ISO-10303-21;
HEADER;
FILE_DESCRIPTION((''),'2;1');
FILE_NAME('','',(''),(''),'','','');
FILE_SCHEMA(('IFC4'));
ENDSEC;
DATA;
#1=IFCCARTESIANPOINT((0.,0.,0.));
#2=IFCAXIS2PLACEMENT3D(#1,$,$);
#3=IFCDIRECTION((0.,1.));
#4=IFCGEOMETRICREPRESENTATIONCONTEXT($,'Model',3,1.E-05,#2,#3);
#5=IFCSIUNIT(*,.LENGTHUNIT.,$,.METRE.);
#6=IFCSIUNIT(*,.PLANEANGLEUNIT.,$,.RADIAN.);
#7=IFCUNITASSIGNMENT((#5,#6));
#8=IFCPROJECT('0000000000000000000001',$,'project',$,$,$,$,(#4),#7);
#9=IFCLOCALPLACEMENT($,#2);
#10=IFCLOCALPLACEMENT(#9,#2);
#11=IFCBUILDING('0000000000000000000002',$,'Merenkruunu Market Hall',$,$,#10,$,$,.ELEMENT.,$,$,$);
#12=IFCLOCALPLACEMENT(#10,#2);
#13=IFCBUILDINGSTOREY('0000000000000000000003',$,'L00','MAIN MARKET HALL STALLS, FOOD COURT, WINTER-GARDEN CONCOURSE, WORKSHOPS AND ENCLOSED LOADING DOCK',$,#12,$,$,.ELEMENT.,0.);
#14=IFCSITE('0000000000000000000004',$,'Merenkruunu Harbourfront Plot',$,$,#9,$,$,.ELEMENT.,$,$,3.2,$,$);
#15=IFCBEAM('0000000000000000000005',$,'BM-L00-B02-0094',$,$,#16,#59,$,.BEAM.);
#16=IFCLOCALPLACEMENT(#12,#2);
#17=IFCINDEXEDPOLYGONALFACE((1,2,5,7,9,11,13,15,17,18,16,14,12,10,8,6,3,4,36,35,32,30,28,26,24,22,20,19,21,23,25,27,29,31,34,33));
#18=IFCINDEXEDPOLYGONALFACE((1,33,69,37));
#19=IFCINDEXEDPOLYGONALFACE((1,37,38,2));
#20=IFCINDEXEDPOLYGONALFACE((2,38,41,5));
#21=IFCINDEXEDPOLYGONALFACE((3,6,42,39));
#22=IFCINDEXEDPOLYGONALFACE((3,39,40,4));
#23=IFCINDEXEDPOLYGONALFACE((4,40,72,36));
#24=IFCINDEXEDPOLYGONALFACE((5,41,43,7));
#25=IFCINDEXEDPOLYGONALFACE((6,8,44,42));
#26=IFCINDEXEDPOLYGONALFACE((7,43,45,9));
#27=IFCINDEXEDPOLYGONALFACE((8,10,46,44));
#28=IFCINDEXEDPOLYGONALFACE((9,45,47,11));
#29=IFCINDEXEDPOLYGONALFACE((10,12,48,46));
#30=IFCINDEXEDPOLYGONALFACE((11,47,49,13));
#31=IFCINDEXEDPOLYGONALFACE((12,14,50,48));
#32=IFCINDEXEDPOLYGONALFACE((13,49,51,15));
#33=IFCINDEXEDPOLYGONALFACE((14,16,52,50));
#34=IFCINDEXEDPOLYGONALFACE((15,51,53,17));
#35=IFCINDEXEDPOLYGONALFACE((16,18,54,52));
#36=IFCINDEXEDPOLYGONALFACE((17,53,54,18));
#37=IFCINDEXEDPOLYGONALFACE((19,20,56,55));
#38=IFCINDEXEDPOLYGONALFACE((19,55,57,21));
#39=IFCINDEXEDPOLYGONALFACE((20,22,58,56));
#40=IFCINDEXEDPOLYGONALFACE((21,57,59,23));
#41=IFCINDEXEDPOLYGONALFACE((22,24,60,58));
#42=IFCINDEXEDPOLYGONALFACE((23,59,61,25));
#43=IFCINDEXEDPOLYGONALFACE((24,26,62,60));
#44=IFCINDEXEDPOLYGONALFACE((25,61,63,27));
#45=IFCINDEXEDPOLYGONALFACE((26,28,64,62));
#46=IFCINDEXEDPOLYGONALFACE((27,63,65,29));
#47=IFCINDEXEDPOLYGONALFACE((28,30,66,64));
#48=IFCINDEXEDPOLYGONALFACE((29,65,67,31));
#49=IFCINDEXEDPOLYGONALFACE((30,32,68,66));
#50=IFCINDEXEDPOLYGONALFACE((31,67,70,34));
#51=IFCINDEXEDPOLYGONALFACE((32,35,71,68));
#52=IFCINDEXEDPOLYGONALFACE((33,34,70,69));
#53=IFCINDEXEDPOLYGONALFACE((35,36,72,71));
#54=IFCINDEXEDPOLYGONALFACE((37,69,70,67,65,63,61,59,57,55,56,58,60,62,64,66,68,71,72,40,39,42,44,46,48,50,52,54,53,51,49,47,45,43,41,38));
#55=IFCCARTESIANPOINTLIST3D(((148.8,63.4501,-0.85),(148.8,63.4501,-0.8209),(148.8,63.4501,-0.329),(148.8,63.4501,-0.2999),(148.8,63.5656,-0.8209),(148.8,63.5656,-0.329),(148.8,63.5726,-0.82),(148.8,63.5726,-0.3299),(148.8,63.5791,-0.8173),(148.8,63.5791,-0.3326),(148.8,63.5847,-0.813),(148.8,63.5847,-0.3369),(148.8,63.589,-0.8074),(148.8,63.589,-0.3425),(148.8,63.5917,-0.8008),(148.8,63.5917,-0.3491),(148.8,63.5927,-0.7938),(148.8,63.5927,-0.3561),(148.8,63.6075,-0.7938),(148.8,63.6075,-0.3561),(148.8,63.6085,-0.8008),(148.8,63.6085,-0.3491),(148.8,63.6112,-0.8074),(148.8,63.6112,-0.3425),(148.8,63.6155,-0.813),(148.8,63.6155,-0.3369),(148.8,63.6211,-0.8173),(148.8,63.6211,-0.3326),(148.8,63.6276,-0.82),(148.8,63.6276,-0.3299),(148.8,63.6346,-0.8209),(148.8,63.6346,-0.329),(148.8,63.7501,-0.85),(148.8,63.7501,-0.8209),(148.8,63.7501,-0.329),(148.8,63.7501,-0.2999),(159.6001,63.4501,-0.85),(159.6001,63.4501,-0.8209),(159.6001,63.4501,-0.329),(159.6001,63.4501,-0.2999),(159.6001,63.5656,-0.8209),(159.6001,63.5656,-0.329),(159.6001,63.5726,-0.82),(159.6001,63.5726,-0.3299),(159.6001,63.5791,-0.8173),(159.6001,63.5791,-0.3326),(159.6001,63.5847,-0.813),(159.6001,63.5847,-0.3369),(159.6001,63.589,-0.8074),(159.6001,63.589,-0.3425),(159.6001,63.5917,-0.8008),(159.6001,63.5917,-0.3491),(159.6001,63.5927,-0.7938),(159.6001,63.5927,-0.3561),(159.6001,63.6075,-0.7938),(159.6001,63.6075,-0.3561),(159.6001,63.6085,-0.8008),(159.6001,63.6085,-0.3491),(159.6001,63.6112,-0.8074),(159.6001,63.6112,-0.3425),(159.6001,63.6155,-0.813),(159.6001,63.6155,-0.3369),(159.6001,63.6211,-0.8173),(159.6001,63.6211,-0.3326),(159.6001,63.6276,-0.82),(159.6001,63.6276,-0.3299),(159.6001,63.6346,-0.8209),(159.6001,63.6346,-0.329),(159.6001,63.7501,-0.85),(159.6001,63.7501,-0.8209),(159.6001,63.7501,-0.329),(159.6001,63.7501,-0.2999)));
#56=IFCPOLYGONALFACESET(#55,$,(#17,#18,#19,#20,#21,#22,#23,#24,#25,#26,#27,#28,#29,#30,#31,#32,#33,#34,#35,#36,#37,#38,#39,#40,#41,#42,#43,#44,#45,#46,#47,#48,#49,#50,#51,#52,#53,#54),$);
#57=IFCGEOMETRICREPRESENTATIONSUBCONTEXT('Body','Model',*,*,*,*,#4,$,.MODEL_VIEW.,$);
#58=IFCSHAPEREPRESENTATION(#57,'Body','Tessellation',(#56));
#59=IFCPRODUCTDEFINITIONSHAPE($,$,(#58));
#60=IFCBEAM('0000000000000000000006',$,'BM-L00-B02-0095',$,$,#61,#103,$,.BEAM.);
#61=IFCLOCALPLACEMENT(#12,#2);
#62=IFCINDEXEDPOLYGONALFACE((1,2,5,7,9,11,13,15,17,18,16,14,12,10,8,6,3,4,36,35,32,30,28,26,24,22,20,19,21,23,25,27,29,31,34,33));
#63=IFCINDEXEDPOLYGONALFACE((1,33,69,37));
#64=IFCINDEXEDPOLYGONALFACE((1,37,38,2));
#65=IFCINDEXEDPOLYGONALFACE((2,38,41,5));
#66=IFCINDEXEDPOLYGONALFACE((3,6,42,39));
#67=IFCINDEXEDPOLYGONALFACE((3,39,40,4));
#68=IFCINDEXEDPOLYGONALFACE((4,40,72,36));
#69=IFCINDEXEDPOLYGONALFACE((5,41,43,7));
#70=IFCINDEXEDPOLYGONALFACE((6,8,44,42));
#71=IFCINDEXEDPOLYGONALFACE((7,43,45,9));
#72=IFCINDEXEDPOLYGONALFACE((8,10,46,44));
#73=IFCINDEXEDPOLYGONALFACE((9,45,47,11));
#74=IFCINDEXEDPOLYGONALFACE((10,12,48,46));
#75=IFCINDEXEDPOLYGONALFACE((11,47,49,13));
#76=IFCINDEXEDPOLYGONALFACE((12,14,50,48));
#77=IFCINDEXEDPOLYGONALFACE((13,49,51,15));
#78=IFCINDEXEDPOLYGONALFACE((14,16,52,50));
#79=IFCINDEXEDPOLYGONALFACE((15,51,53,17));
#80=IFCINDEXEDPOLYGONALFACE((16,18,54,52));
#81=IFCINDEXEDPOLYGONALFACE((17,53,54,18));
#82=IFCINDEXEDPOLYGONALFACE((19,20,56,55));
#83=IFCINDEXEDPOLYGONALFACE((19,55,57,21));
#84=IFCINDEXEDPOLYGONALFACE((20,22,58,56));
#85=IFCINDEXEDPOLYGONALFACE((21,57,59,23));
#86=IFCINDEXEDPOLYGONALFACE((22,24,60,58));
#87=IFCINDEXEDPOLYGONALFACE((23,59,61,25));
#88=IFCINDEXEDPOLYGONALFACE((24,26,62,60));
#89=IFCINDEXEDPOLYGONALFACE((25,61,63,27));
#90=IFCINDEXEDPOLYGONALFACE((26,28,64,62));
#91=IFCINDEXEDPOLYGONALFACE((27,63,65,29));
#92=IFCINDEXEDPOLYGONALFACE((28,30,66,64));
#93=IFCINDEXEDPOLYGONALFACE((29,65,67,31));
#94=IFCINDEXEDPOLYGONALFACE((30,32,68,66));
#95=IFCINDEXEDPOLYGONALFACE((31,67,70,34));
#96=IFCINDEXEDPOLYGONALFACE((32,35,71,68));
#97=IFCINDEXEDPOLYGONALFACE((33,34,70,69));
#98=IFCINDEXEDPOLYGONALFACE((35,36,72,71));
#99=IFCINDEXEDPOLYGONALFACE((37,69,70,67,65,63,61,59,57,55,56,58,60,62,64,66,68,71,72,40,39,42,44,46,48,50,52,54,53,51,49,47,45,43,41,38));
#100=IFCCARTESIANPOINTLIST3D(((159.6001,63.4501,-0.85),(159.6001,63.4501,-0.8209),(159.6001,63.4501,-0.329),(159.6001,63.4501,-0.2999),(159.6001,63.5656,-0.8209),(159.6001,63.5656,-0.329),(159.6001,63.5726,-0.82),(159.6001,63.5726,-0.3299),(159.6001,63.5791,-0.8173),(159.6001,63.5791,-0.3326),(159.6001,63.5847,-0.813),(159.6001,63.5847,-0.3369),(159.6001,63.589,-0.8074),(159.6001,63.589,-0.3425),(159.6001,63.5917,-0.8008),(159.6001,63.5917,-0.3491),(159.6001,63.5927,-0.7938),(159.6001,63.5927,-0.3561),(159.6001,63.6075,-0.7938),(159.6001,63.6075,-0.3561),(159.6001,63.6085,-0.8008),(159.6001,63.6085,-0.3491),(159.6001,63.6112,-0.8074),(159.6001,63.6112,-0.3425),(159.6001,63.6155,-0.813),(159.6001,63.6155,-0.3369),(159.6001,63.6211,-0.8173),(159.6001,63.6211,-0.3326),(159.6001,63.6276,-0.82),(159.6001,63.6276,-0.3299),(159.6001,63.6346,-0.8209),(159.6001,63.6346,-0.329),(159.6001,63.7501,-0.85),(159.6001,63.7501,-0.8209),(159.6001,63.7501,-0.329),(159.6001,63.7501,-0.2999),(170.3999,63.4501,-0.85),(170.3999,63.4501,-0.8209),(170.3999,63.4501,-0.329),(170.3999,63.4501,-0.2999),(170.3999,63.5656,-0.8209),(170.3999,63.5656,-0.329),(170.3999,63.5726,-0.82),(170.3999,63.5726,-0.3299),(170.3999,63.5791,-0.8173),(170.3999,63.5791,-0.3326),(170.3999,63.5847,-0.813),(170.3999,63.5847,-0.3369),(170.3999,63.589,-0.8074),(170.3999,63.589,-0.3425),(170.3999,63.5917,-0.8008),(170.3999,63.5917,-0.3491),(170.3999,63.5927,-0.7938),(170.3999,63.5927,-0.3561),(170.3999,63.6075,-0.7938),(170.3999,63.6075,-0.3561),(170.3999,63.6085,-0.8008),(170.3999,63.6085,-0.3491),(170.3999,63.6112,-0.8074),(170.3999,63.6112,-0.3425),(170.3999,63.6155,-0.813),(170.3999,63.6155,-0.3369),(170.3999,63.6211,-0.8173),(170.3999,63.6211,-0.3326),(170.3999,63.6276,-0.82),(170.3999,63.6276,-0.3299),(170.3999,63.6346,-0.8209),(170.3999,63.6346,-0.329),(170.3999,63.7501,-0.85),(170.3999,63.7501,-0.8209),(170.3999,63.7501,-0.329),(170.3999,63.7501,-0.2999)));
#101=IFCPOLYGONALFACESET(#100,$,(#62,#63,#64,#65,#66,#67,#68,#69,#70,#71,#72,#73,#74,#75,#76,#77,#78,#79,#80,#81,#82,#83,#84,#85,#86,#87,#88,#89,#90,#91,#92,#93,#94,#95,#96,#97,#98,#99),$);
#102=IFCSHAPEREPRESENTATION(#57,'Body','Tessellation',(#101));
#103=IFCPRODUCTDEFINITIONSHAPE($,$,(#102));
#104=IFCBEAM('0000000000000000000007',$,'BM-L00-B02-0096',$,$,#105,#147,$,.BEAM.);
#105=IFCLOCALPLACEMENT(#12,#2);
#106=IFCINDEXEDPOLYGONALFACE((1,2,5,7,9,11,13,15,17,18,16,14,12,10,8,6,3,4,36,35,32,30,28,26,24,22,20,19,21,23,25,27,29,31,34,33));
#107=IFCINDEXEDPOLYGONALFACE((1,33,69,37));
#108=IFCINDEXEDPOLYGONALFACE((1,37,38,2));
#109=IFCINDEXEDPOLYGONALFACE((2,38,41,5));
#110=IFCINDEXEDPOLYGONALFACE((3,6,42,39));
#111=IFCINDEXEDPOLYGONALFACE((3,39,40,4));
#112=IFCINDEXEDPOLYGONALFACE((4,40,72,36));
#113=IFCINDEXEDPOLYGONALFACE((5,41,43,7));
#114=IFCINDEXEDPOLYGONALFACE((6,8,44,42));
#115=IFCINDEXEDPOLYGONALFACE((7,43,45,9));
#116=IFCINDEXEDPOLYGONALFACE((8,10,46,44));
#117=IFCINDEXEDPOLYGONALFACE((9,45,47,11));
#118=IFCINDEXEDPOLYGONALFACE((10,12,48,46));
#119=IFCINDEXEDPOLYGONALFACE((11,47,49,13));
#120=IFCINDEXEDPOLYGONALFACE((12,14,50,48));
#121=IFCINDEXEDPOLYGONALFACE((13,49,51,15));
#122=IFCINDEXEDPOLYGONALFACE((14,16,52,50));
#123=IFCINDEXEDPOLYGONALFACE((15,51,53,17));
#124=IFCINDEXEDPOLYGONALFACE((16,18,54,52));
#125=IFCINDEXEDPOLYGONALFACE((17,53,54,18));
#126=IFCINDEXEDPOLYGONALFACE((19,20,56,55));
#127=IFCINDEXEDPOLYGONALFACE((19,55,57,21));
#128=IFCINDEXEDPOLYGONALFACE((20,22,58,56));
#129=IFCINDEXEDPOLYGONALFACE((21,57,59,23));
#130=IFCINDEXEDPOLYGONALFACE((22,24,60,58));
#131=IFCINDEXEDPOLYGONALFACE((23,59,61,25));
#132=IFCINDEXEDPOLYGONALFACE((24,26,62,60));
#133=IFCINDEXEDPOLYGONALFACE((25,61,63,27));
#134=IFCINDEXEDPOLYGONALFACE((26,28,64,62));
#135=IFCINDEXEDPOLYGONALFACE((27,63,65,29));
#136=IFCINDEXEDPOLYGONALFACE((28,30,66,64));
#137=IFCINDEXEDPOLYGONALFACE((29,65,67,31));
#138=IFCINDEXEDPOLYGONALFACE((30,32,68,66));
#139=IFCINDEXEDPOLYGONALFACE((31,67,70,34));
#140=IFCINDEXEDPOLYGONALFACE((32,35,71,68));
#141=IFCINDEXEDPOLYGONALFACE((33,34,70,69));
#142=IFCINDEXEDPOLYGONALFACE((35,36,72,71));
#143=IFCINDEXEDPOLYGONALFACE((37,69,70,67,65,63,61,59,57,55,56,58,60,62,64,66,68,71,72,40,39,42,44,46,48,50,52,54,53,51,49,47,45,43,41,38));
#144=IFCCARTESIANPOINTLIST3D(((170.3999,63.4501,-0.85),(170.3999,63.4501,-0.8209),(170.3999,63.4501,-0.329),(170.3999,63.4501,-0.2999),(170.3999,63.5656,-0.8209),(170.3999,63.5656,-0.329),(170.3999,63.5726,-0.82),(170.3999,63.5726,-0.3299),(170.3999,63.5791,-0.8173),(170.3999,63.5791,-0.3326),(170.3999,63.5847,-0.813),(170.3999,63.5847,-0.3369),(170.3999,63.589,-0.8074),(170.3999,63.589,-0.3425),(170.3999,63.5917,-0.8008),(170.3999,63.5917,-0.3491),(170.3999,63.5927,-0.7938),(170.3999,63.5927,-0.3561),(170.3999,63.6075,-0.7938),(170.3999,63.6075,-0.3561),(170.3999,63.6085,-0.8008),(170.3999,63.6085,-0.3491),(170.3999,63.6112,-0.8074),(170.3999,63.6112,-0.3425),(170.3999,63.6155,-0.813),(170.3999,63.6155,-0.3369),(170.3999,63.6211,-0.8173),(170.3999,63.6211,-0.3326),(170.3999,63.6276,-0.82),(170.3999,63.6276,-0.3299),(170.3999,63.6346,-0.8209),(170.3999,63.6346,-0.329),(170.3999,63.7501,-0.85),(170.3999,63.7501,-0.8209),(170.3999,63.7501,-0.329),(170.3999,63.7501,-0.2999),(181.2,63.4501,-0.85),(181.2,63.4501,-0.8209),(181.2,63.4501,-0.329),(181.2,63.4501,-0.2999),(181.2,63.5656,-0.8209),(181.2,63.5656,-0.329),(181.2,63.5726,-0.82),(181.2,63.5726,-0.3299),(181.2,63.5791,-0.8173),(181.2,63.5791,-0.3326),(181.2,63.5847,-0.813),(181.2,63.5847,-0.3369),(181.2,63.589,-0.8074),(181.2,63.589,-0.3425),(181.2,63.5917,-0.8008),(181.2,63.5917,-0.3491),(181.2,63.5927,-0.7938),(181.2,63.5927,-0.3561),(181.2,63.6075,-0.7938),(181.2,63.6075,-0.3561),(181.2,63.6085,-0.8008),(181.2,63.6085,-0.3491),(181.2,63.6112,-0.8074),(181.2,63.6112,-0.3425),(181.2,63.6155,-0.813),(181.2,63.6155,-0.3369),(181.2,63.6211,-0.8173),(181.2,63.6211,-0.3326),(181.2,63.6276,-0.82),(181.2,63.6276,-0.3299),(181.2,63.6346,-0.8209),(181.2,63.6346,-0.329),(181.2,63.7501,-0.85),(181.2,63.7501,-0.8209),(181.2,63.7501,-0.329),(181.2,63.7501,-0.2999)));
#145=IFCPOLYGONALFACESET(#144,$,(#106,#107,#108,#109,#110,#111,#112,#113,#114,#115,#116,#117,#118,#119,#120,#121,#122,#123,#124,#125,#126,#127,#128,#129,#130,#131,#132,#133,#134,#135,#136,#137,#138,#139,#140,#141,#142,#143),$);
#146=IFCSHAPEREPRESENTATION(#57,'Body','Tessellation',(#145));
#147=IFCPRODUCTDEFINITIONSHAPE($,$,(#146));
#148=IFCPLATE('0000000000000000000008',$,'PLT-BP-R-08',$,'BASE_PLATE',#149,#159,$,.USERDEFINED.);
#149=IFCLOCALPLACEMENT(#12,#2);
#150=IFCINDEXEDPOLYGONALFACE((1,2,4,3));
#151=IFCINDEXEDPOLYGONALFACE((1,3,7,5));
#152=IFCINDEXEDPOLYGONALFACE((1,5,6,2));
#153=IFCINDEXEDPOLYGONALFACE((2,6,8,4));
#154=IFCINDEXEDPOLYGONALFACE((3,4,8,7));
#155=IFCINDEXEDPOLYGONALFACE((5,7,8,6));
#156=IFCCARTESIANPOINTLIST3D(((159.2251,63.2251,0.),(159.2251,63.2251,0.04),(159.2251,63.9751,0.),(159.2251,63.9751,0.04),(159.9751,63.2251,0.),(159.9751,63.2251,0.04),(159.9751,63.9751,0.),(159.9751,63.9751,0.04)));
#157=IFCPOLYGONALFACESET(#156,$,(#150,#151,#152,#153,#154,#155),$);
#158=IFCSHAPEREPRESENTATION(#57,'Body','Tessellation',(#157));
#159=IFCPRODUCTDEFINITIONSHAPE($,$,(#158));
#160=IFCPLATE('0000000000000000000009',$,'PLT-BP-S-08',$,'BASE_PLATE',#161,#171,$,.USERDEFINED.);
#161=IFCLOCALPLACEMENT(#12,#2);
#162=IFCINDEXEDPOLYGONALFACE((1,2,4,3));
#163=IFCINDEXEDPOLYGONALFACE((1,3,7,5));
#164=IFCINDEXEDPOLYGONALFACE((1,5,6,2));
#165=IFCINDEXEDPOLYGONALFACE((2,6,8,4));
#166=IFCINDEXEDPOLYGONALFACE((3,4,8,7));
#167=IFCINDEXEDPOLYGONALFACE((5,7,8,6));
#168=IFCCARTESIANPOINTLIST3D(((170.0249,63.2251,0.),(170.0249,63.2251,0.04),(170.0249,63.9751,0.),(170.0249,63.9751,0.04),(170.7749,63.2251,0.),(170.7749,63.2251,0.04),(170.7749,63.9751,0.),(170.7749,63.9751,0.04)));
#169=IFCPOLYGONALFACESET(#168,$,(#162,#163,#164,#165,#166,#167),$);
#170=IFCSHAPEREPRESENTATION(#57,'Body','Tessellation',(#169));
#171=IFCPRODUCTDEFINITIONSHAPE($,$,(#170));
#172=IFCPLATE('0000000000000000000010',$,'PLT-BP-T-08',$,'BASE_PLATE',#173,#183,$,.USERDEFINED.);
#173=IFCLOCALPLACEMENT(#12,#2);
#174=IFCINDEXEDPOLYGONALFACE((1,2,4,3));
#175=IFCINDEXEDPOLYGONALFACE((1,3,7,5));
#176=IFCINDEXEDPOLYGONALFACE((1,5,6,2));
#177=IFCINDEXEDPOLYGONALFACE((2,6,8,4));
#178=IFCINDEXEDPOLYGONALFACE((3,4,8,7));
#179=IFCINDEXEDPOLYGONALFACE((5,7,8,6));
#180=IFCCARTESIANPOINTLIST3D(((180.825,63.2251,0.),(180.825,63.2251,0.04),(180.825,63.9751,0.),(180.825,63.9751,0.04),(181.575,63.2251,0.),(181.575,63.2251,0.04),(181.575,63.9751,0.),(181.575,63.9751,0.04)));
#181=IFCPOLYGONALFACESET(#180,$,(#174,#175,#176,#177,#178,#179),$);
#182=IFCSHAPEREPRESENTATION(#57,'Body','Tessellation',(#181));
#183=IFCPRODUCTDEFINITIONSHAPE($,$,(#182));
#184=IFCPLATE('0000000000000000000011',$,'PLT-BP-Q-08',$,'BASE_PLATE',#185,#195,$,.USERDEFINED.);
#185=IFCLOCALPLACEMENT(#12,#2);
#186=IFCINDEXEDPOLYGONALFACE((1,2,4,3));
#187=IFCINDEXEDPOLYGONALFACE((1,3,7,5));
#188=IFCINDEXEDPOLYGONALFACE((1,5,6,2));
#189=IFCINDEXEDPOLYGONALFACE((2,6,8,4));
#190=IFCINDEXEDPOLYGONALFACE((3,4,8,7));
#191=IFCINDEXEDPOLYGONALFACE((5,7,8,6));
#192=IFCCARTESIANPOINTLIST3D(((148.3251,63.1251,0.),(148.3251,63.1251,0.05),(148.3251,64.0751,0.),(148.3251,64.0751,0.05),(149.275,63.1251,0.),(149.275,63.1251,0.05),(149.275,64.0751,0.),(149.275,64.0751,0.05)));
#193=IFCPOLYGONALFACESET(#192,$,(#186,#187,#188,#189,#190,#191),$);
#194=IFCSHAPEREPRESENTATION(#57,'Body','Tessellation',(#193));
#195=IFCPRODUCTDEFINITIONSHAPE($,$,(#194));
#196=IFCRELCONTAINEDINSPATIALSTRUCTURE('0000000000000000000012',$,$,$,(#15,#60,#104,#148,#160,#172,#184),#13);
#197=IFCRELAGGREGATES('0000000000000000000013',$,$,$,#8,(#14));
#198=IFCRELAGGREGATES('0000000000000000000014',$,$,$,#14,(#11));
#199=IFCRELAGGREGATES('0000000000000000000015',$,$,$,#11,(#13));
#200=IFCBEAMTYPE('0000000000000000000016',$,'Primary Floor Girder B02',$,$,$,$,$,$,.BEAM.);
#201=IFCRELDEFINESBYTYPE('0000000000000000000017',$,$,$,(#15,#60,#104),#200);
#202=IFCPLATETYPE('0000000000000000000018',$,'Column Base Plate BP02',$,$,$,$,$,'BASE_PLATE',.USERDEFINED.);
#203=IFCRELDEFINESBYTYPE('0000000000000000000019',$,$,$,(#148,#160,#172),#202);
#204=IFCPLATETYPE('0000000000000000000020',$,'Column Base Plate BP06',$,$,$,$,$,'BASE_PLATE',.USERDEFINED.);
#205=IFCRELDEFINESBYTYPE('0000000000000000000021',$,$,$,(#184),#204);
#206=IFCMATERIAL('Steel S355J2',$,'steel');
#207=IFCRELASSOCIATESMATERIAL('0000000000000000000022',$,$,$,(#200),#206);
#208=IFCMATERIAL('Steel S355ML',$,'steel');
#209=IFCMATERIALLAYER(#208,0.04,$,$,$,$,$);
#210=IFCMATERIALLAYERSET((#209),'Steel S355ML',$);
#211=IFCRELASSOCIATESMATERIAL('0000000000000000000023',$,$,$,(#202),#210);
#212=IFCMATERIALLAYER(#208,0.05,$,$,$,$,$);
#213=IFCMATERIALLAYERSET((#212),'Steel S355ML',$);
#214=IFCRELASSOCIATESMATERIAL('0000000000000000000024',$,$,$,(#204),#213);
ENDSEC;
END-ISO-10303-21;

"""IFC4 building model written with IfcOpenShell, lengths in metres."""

from ifc_helpers import new_model, si_unit, direction, frame, origin, origin_2d, place, context, subcontext, project, spatial, rectangle, i_section, extrude, material, layer, layer_set, material_profile, profile_set, type_object, element, save


model = new_model("IFC4")

# Units and contexts
model_context = context("Model", 3, precision=1e-05, world=origin(), true_north=direction((0.0, 1.0)))
body_context = subcontext(model_context, "Body", "Model", "MODEL_VIEW")
ifc_project = project(units=[si_unit("LENGTHUNIT", "METRE"), si_unit("PLANEANGLEUNIT", "RADIAN")], contexts=[model_context])

# Site, building, storey
site_placement = place(None, origin())
site = spatial("IfcSite", under=ifc_project, at=site_placement, Name="Merenkruunu Harbourfront Plot", CompositionType="ELEMENT", RefElevation=3.2)
building_placement = place(site_placement, origin())
building = spatial("IfcBuilding", under=site, at=building_placement, Name="Merenkruunu Market Hall", CompositionType="ELEMENT")
storey_placement = place(building_placement, origin())
storey = spatial("IfcBuildingStorey", under=building, at=storey_placement, Name="L00", Description="MAIN MARKET HALL STALLS, FOOD COURT, WINTER-GARDEN CONCOURSE, WORKSHOPS AND ENCLOSED LOADING DOCK", CompositionType="ELEMENT", Elevation=0.0)

# Shared definitions
ifc_material_1 = material(Name="Steel S355J2", Category="steel")

# Beams
ifc_material_profile_1 = material_profile(ifc_material_1, i_section(OverallWidth=0.3, OverallDepth=0.55, WebThickness=0.0149, FlangeThickness=0.0291, FilletRadius=0.0271, at=origin_2d()), Name="HEB 550")
ifc_profile_set_1 = profile_set([ifc_material_profile_1], Name="Steel S355J2")
beam_type = type_object("IfcBeamType", Name="Primary Floor Girder B02", PredefinedType="BEAM", material=ifc_profile_set_1)
beam_1_placement = place(storey_placement, frame((148.8, 63.6001, -0.575), z_axis=(1.0, 0.0, 0.0), x_axis=(0.0, 1.0, 0.0)))
element("IfcBeam", 1, at=beam_1_placement, inside=storey, type_object=beam_type, Name="BM-L00-B02-0094", PredefinedType="BEAM", context=body_context, shape_type="SweptSolid", body=[
    extrude(i_section(OverallWidth=0.3, OverallDepth=0.55, WebThickness=0.0149, FlangeThickness=0.0291, FilletRadius=0.0271, at=origin_2d()), origin(), (0.0, 0.0, 1.0), 10.8),
])
beam_2_placement = place(storey_placement, frame((159.6001, 63.6001, -0.575), z_axis=(1.0, 0.0, 0.0), x_axis=(0.0, 1.0, 0.0)))
element("IfcBeam", 2, at=beam_2_placement, inside=storey, type_object=beam_type, Name="BM-L00-B02-0095", PredefinedType="BEAM", context=body_context, shape_type="SweptSolid", body=[
    extrude(i_section(OverallWidth=0.3, OverallDepth=0.55, WebThickness=0.0149, FlangeThickness=0.0291, FilletRadius=0.0271, at=origin_2d()), origin(), (0.0, 0.0, 1.0), 10.7998),
])
beam_3_placement = place(storey_placement, frame((170.3999, 63.6001, -0.575), z_axis=(1.0, 0.0, 0.0), x_axis=(0.0, 1.0, 0.0)))
element("IfcBeam", 3, at=beam_3_placement, inside=storey, type_object=beam_type, Name="BM-L00-B02-0096", PredefinedType="BEAM", context=body_context, shape_type="SweptSolid", body=[
    extrude(i_section(OverallWidth=0.3, OverallDepth=0.55, WebThickness=0.0149, FlangeThickness=0.0291, FilletRadius=0.0271, at=origin_2d()), origin(), (0.0, 0.0, 1.0), 10.8),
])

# Plates
ifc_material_2 = material(Name="Steel S355ML", Category="steel")
ifc_layer_1 = layer(ifc_material_2, 0.04)
ifc_layer_set_1 = layer_set([ifc_layer_1], Name="Steel S355ML")
plate_type_1 = type_object("IfcPlateType", Name="Column Base Plate BP02", ElementType="BASE_PLATE", PredefinedType="USERDEFINED", material=ifc_layer_set_1)
for number, where, z_axis, x_axis, name in (
    (4, (159.6001, 63.6001, 0.0), (0.0, 0.0, 1.0), (1.0, 0.0, 0.0), "PLT-BP-R-08"),
    (5, (170.3999, 63.6001, 0.0), (0.0, 0.0, 1.0), (1.0, 0.0, 0.0), "PLT-BP-S-08"),
    (6, (181.2, 63.6001, 0.0), (0.0, 0.0, 1.0), (1.0, 0.0, 0.0), "PLT-BP-T-08"),
):
    element("IfcPlate", number, at=place(storey_placement, frame(where, z_axis=z_axis, x_axis=x_axis)), inside=storey, type_object=plate_type_1, Name=name, ObjectType="BASE_PLATE", PredefinedType="USERDEFINED", context=body_context, shape_type="SweptSolid", body=[
        extrude(rectangle(XDim=0.75, YDim=0.75, at=origin_2d()), origin(), (0.0, 0.0, 1.0), 0.04),
    ])
ifc_layer_2 = layer(ifc_material_2, 0.05)
ifc_layer_set_2 = layer_set([ifc_layer_2], Name="Steel S355ML")
plate_type_2 = type_object("IfcPlateType", Name="Column Base Plate BP06", ElementType="BASE_PLATE", PredefinedType="USERDEFINED", material=ifc_layer_set_2)
plate_1_placement = place(storey_placement, frame((148.8, 63.6001, 0.0), z_axis=(0.0, 0.0, 1.0), x_axis=(1.0, 0.0, 0.0)))
element("IfcPlate", 7, at=plate_1_placement, inside=storey, type_object=plate_type_2, Name="PLT-BP-Q-08", ObjectType="BASE_PLATE", PredefinedType="USERDEFINED", context=body_context, shape_type="SweptSolid", body=[
    extrude(rectangle(XDim=0.95, YDim=0.95, at=origin_2d()), origin(), (0.0, 0.0, 1.0), 0.05),
])

save(model, "model.ifc")
